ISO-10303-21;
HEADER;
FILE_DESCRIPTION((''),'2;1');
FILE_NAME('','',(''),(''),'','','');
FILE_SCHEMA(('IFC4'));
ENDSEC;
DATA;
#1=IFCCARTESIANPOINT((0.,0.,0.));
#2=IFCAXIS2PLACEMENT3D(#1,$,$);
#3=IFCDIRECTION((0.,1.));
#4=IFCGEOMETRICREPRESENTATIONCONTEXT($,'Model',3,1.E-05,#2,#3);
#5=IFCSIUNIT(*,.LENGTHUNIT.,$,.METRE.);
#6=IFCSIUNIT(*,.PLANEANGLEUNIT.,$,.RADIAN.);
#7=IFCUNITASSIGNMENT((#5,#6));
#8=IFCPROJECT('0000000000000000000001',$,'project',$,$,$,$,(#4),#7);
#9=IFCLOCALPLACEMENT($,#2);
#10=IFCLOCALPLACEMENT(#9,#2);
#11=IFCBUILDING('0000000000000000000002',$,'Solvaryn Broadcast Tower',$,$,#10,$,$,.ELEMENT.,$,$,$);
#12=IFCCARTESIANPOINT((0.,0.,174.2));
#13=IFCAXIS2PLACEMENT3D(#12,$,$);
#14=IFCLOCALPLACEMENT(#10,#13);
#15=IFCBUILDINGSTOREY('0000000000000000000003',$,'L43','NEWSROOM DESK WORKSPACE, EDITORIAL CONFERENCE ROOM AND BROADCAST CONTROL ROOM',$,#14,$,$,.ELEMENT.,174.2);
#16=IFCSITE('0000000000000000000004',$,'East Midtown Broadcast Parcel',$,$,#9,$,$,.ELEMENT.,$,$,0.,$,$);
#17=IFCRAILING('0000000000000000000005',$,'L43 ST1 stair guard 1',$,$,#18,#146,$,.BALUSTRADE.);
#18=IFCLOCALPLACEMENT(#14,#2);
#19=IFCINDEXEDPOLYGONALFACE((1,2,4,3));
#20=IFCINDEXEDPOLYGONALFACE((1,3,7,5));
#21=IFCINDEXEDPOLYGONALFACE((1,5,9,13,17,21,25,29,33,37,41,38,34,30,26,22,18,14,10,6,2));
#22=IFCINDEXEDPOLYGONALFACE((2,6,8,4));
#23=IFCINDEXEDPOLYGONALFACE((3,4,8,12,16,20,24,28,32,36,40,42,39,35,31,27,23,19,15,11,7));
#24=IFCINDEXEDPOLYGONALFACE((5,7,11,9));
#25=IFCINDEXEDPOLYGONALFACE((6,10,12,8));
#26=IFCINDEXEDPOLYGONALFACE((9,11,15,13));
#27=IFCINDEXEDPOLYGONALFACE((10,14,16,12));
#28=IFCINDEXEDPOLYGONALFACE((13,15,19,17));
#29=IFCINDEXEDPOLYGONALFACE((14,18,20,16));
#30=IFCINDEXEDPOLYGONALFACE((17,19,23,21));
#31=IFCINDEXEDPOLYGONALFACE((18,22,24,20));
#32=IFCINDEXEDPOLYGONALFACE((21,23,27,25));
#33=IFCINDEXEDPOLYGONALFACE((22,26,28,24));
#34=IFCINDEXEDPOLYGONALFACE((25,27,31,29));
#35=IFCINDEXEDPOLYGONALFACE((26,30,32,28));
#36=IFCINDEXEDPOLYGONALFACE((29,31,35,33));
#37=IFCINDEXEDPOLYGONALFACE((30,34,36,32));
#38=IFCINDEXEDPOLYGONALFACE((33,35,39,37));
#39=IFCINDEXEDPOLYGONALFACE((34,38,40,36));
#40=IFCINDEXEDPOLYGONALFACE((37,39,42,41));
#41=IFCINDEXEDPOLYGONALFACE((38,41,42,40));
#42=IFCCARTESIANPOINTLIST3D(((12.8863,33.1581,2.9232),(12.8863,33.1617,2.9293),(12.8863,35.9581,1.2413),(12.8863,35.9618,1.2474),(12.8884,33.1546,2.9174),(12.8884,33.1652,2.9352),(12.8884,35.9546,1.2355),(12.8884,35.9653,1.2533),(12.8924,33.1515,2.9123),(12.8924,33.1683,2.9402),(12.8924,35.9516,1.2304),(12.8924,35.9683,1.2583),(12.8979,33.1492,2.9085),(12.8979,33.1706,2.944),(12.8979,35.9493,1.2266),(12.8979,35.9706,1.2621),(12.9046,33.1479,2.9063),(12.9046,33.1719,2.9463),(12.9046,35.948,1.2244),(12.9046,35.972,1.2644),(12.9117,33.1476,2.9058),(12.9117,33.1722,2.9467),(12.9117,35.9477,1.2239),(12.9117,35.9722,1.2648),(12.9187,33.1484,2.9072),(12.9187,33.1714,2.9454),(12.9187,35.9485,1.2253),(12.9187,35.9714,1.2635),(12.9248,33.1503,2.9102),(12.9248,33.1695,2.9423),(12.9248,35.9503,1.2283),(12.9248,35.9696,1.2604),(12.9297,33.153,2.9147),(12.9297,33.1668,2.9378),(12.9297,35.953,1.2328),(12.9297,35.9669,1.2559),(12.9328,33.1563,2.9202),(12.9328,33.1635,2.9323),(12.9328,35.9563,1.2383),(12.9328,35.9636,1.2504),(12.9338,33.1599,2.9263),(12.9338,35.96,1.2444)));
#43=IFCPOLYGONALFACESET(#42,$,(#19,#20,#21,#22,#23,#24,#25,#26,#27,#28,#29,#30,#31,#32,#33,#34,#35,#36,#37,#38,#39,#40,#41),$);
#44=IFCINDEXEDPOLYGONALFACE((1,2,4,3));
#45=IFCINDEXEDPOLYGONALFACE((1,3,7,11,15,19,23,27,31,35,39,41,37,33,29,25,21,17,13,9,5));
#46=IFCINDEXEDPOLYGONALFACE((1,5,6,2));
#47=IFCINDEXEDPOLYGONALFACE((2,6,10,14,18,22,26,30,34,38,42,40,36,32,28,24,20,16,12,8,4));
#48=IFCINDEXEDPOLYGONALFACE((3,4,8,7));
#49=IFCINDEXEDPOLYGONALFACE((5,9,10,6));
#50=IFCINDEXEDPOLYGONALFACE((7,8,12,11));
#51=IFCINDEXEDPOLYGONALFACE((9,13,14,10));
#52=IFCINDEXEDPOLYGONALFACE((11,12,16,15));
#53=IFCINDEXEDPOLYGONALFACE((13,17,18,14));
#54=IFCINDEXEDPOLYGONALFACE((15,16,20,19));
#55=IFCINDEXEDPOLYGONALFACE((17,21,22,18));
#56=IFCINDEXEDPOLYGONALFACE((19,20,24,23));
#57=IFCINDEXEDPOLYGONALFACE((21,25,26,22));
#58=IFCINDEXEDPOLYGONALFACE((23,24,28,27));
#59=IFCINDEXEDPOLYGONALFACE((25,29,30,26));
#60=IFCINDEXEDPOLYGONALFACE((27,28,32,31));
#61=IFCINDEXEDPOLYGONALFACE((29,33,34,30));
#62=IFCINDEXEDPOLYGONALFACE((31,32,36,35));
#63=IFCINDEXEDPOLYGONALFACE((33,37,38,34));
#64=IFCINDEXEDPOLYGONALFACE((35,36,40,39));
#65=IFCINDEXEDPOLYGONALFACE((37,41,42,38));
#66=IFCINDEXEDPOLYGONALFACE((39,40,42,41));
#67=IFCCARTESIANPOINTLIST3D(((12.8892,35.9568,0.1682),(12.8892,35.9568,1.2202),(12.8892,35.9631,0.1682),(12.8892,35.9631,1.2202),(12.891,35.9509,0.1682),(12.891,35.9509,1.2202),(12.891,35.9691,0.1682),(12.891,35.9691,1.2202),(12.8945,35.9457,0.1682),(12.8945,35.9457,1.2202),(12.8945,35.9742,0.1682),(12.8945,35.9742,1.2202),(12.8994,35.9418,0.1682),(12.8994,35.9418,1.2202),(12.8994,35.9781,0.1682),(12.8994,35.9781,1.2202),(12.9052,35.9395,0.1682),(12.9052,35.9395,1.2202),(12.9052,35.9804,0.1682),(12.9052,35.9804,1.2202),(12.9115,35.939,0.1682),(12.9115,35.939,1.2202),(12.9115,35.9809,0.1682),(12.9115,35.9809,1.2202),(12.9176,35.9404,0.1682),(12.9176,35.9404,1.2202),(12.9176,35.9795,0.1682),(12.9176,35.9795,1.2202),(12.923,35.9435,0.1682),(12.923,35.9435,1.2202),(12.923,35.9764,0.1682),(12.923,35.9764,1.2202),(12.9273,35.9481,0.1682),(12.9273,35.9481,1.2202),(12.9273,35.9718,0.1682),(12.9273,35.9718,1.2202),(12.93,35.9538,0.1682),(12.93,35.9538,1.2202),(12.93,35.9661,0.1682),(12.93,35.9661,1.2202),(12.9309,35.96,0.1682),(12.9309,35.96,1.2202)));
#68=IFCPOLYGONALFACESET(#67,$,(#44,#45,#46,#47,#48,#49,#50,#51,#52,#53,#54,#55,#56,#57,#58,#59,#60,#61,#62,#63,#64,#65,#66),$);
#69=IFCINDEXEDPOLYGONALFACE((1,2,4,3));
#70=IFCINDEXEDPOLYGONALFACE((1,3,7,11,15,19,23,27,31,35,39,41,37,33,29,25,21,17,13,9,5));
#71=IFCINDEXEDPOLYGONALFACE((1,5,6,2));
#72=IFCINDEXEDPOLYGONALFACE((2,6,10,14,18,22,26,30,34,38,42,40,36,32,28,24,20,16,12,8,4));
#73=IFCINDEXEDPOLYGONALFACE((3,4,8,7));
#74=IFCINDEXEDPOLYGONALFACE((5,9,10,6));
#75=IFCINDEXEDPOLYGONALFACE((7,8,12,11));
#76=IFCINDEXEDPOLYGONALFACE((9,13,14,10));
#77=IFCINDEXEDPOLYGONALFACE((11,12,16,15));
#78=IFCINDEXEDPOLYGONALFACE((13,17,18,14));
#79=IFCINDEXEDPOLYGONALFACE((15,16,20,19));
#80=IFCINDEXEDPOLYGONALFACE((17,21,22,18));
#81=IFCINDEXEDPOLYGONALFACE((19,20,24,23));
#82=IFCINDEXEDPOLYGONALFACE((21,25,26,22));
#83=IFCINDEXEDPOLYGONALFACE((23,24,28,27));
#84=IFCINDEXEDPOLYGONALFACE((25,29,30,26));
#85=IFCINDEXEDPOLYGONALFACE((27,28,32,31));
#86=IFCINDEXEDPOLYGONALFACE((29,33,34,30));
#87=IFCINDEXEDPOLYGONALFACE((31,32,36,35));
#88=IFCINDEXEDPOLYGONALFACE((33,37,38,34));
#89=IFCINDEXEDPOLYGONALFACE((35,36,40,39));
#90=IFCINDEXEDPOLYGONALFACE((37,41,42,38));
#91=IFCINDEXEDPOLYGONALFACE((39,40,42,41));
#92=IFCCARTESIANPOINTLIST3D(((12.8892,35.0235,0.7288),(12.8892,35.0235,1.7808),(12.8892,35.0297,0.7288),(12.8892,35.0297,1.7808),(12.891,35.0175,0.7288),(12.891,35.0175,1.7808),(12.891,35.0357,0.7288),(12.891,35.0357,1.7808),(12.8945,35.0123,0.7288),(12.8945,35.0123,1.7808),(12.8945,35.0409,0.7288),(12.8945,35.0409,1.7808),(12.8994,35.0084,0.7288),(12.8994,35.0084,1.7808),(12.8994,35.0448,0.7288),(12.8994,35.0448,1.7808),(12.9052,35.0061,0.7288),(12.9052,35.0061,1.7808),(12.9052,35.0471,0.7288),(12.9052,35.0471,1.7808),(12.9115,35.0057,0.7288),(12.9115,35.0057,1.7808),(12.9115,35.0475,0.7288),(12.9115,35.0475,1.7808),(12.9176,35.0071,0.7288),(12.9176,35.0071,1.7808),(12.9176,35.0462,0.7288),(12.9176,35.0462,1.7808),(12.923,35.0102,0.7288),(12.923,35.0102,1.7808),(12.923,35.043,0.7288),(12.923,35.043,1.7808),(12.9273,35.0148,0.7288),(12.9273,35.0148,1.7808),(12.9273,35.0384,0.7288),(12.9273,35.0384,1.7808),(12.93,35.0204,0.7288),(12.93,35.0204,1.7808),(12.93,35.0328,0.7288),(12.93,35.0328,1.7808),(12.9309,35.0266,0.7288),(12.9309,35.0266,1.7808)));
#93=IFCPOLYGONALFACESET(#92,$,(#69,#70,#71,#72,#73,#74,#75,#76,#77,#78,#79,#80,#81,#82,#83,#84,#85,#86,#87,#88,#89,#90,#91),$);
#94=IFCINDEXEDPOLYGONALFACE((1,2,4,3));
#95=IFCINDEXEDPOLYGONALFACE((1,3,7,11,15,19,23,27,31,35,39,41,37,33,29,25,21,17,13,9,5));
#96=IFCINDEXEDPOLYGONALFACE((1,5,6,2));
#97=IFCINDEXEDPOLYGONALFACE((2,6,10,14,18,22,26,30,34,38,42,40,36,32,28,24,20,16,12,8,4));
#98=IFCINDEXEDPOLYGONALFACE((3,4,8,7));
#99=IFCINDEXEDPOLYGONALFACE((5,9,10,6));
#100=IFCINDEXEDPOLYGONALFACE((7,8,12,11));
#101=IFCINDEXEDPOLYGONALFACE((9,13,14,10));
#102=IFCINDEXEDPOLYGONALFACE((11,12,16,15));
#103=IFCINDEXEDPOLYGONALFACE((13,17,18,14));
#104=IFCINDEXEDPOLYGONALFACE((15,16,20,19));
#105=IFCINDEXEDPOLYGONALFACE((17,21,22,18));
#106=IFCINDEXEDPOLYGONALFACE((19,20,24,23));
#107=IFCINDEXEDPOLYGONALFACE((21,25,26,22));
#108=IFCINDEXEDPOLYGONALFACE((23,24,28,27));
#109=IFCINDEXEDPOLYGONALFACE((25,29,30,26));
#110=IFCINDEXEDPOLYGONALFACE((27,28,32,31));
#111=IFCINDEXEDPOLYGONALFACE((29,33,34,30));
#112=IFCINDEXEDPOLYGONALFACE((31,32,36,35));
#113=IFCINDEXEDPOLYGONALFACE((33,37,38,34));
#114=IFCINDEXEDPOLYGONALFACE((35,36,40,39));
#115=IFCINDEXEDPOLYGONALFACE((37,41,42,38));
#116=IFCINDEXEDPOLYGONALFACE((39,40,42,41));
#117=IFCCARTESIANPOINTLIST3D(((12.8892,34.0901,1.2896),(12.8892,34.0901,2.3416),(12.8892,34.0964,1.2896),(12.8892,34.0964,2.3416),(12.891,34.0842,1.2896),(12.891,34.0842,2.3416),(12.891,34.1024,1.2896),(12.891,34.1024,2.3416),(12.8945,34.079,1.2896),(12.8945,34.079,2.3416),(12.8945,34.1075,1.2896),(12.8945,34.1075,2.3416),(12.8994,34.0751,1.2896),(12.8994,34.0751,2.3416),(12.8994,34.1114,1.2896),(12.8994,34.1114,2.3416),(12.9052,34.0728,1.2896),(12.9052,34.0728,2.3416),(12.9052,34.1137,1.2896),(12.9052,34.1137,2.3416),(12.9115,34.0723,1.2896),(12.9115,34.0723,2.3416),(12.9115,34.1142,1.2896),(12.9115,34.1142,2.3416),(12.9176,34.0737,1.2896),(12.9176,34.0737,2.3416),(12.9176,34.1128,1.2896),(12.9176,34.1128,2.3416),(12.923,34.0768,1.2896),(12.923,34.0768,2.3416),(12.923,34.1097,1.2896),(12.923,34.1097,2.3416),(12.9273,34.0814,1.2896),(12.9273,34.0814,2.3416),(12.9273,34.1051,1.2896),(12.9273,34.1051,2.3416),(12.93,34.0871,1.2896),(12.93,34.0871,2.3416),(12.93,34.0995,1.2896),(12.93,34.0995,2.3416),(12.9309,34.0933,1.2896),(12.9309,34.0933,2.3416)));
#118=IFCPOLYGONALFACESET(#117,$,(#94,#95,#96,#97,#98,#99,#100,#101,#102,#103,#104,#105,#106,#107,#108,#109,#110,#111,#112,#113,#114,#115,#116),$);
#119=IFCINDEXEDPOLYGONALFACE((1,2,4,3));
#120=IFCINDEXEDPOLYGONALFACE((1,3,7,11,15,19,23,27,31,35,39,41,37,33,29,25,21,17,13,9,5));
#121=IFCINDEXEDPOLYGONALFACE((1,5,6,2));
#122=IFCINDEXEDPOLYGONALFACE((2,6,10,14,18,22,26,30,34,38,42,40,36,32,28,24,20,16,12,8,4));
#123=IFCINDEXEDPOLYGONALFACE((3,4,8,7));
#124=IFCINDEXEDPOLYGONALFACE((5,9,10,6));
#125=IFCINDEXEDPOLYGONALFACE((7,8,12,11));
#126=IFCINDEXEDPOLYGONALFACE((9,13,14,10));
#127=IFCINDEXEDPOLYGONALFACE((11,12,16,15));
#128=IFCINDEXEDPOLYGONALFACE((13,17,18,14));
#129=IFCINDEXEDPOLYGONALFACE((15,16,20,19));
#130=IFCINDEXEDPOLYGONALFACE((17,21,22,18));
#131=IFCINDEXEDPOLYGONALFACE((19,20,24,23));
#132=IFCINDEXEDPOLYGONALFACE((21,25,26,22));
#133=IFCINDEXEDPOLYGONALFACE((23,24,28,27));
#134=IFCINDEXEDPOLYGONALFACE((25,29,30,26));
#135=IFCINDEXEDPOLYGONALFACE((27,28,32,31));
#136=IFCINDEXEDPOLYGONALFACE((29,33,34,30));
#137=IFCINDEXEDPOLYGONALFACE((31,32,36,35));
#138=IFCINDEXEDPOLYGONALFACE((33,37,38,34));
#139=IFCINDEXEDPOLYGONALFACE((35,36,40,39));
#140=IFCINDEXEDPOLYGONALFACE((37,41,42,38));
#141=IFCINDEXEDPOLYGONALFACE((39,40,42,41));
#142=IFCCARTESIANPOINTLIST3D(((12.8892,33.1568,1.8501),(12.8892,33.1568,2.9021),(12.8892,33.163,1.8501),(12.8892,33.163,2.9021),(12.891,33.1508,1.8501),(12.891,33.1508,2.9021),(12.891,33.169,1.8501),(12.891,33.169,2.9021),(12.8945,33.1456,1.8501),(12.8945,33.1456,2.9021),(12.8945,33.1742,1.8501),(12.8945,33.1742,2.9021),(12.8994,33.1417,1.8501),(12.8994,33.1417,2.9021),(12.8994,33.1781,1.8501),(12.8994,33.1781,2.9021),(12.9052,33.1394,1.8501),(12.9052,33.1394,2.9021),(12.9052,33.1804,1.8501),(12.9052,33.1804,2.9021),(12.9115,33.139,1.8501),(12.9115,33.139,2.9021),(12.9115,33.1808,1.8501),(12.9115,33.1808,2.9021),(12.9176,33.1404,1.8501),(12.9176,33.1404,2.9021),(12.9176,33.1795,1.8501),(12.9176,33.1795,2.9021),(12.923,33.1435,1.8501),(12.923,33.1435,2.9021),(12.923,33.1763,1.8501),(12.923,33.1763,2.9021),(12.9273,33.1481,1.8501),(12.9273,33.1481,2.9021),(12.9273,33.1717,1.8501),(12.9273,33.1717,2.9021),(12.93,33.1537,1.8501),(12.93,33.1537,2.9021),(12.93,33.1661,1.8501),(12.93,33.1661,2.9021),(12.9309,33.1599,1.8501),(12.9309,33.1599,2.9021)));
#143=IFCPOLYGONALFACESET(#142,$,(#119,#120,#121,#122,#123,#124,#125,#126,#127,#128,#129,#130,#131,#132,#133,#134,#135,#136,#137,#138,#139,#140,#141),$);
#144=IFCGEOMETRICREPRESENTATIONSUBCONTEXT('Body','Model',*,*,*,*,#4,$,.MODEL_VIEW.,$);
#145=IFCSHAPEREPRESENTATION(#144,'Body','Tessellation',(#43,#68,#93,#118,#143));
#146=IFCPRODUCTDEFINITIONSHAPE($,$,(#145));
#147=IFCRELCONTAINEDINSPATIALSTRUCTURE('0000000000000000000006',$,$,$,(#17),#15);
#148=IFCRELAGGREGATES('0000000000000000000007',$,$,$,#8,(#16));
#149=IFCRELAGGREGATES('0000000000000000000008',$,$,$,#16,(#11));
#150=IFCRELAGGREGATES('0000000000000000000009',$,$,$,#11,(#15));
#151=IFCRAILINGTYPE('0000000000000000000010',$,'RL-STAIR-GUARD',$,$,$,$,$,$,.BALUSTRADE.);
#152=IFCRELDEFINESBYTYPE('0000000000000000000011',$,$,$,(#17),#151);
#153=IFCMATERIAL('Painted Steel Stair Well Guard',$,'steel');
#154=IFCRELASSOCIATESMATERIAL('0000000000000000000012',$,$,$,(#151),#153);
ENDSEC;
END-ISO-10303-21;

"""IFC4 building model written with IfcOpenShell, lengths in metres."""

from ifc_helpers import new_model, si_unit, direction, frame, origin, origin_2d, place, context, subcontext, project, spatial, circle, extrude, material, type_object, element, save


model = new_model("IFC4")

# Units and contexts
model_context = context("Model", 3, precision=1e-05, world=origin(), true_north=direction((0.0, 1.0)))
body_context = subcontext(model_context, "Body", "Model", "MODEL_VIEW")
ifc_project = project(units=[si_unit("LENGTHUNIT", "METRE"), si_unit("PLANEANGLEUNIT", "RADIAN")], contexts=[model_context])

# Site, building, storey
site_placement = place(None, origin())
site = spatial("IfcSite", under=ifc_project, at=site_placement, Name="East Midtown Broadcast Parcel", CompositionType="ELEMENT", RefElevation=0.0)
building_placement = place(site_placement, origin())
building = spatial("IfcBuilding", under=site, at=building_placement, Name="Solvaryn Broadcast Tower", CompositionType="ELEMENT")
storey_placement = place(building_placement, frame((0.0, 0.0, 174.2)))
storey = spatial("IfcBuildingStorey", under=building, at=storey_placement, Name="L43", Description="NEWSROOM DESK WORKSPACE, EDITORIAL CONFERENCE ROOM AND BROADCAST CONTROL ROOM", CompositionType="ELEMENT", Elevation=174.2)

# Railing
ifc_material_1 = material(Name="Painted Steel Stair Well Guard", Category="steel")
railing_type_1 = type_object("IfcRailingType", Name="RL-STAIR-GUARD", PredefinedType="BALUSTRADE", material=ifc_material_1)
railing_1_placement = place(storey_placement, frame((12.9099, 35.96, 0.1682)))
element("IfcRailing", 1, at=railing_1_placement, inside=storey, type_object=railing_type_1, Name="L43 ST1 stair guard 1", PredefinedType="BALUSTRADE", context=body_context, shape_type="SweptSolid", body=[
    extrude(circle(Radius=0.0239, at=origin_2d()), frame((0.0, 0.0, 1.0762), z_axis=(0.0, -0.857242, 0.514913), x_axis=(1.0, 0.0, 0.0)), (0.0, 0.0, 1.0), 3.2664),
    extrude(circle(Radius=0.021, at=origin_2d()), origin(), (0.0, 0.0, 1.0), 1.052),
    extrude(circle(Radius=0.021, at=origin_2d()), frame((0.0, -0.9333, 0.5605)), (0.0, 0.0, 1.0), 1.052),
    extrude(circle(Radius=0.021, at=origin_2d()), frame((0.0, -1.8667, 1.1213)), (0.0, 0.0, 1.0), 1.052),
    extrude(circle(Radius=0.021, at=origin_2d()), frame((0.0, -2.8, 1.6819)), (0.0, 0.0, 1.0), 1.052),
])

save(model, "model.ifc")
